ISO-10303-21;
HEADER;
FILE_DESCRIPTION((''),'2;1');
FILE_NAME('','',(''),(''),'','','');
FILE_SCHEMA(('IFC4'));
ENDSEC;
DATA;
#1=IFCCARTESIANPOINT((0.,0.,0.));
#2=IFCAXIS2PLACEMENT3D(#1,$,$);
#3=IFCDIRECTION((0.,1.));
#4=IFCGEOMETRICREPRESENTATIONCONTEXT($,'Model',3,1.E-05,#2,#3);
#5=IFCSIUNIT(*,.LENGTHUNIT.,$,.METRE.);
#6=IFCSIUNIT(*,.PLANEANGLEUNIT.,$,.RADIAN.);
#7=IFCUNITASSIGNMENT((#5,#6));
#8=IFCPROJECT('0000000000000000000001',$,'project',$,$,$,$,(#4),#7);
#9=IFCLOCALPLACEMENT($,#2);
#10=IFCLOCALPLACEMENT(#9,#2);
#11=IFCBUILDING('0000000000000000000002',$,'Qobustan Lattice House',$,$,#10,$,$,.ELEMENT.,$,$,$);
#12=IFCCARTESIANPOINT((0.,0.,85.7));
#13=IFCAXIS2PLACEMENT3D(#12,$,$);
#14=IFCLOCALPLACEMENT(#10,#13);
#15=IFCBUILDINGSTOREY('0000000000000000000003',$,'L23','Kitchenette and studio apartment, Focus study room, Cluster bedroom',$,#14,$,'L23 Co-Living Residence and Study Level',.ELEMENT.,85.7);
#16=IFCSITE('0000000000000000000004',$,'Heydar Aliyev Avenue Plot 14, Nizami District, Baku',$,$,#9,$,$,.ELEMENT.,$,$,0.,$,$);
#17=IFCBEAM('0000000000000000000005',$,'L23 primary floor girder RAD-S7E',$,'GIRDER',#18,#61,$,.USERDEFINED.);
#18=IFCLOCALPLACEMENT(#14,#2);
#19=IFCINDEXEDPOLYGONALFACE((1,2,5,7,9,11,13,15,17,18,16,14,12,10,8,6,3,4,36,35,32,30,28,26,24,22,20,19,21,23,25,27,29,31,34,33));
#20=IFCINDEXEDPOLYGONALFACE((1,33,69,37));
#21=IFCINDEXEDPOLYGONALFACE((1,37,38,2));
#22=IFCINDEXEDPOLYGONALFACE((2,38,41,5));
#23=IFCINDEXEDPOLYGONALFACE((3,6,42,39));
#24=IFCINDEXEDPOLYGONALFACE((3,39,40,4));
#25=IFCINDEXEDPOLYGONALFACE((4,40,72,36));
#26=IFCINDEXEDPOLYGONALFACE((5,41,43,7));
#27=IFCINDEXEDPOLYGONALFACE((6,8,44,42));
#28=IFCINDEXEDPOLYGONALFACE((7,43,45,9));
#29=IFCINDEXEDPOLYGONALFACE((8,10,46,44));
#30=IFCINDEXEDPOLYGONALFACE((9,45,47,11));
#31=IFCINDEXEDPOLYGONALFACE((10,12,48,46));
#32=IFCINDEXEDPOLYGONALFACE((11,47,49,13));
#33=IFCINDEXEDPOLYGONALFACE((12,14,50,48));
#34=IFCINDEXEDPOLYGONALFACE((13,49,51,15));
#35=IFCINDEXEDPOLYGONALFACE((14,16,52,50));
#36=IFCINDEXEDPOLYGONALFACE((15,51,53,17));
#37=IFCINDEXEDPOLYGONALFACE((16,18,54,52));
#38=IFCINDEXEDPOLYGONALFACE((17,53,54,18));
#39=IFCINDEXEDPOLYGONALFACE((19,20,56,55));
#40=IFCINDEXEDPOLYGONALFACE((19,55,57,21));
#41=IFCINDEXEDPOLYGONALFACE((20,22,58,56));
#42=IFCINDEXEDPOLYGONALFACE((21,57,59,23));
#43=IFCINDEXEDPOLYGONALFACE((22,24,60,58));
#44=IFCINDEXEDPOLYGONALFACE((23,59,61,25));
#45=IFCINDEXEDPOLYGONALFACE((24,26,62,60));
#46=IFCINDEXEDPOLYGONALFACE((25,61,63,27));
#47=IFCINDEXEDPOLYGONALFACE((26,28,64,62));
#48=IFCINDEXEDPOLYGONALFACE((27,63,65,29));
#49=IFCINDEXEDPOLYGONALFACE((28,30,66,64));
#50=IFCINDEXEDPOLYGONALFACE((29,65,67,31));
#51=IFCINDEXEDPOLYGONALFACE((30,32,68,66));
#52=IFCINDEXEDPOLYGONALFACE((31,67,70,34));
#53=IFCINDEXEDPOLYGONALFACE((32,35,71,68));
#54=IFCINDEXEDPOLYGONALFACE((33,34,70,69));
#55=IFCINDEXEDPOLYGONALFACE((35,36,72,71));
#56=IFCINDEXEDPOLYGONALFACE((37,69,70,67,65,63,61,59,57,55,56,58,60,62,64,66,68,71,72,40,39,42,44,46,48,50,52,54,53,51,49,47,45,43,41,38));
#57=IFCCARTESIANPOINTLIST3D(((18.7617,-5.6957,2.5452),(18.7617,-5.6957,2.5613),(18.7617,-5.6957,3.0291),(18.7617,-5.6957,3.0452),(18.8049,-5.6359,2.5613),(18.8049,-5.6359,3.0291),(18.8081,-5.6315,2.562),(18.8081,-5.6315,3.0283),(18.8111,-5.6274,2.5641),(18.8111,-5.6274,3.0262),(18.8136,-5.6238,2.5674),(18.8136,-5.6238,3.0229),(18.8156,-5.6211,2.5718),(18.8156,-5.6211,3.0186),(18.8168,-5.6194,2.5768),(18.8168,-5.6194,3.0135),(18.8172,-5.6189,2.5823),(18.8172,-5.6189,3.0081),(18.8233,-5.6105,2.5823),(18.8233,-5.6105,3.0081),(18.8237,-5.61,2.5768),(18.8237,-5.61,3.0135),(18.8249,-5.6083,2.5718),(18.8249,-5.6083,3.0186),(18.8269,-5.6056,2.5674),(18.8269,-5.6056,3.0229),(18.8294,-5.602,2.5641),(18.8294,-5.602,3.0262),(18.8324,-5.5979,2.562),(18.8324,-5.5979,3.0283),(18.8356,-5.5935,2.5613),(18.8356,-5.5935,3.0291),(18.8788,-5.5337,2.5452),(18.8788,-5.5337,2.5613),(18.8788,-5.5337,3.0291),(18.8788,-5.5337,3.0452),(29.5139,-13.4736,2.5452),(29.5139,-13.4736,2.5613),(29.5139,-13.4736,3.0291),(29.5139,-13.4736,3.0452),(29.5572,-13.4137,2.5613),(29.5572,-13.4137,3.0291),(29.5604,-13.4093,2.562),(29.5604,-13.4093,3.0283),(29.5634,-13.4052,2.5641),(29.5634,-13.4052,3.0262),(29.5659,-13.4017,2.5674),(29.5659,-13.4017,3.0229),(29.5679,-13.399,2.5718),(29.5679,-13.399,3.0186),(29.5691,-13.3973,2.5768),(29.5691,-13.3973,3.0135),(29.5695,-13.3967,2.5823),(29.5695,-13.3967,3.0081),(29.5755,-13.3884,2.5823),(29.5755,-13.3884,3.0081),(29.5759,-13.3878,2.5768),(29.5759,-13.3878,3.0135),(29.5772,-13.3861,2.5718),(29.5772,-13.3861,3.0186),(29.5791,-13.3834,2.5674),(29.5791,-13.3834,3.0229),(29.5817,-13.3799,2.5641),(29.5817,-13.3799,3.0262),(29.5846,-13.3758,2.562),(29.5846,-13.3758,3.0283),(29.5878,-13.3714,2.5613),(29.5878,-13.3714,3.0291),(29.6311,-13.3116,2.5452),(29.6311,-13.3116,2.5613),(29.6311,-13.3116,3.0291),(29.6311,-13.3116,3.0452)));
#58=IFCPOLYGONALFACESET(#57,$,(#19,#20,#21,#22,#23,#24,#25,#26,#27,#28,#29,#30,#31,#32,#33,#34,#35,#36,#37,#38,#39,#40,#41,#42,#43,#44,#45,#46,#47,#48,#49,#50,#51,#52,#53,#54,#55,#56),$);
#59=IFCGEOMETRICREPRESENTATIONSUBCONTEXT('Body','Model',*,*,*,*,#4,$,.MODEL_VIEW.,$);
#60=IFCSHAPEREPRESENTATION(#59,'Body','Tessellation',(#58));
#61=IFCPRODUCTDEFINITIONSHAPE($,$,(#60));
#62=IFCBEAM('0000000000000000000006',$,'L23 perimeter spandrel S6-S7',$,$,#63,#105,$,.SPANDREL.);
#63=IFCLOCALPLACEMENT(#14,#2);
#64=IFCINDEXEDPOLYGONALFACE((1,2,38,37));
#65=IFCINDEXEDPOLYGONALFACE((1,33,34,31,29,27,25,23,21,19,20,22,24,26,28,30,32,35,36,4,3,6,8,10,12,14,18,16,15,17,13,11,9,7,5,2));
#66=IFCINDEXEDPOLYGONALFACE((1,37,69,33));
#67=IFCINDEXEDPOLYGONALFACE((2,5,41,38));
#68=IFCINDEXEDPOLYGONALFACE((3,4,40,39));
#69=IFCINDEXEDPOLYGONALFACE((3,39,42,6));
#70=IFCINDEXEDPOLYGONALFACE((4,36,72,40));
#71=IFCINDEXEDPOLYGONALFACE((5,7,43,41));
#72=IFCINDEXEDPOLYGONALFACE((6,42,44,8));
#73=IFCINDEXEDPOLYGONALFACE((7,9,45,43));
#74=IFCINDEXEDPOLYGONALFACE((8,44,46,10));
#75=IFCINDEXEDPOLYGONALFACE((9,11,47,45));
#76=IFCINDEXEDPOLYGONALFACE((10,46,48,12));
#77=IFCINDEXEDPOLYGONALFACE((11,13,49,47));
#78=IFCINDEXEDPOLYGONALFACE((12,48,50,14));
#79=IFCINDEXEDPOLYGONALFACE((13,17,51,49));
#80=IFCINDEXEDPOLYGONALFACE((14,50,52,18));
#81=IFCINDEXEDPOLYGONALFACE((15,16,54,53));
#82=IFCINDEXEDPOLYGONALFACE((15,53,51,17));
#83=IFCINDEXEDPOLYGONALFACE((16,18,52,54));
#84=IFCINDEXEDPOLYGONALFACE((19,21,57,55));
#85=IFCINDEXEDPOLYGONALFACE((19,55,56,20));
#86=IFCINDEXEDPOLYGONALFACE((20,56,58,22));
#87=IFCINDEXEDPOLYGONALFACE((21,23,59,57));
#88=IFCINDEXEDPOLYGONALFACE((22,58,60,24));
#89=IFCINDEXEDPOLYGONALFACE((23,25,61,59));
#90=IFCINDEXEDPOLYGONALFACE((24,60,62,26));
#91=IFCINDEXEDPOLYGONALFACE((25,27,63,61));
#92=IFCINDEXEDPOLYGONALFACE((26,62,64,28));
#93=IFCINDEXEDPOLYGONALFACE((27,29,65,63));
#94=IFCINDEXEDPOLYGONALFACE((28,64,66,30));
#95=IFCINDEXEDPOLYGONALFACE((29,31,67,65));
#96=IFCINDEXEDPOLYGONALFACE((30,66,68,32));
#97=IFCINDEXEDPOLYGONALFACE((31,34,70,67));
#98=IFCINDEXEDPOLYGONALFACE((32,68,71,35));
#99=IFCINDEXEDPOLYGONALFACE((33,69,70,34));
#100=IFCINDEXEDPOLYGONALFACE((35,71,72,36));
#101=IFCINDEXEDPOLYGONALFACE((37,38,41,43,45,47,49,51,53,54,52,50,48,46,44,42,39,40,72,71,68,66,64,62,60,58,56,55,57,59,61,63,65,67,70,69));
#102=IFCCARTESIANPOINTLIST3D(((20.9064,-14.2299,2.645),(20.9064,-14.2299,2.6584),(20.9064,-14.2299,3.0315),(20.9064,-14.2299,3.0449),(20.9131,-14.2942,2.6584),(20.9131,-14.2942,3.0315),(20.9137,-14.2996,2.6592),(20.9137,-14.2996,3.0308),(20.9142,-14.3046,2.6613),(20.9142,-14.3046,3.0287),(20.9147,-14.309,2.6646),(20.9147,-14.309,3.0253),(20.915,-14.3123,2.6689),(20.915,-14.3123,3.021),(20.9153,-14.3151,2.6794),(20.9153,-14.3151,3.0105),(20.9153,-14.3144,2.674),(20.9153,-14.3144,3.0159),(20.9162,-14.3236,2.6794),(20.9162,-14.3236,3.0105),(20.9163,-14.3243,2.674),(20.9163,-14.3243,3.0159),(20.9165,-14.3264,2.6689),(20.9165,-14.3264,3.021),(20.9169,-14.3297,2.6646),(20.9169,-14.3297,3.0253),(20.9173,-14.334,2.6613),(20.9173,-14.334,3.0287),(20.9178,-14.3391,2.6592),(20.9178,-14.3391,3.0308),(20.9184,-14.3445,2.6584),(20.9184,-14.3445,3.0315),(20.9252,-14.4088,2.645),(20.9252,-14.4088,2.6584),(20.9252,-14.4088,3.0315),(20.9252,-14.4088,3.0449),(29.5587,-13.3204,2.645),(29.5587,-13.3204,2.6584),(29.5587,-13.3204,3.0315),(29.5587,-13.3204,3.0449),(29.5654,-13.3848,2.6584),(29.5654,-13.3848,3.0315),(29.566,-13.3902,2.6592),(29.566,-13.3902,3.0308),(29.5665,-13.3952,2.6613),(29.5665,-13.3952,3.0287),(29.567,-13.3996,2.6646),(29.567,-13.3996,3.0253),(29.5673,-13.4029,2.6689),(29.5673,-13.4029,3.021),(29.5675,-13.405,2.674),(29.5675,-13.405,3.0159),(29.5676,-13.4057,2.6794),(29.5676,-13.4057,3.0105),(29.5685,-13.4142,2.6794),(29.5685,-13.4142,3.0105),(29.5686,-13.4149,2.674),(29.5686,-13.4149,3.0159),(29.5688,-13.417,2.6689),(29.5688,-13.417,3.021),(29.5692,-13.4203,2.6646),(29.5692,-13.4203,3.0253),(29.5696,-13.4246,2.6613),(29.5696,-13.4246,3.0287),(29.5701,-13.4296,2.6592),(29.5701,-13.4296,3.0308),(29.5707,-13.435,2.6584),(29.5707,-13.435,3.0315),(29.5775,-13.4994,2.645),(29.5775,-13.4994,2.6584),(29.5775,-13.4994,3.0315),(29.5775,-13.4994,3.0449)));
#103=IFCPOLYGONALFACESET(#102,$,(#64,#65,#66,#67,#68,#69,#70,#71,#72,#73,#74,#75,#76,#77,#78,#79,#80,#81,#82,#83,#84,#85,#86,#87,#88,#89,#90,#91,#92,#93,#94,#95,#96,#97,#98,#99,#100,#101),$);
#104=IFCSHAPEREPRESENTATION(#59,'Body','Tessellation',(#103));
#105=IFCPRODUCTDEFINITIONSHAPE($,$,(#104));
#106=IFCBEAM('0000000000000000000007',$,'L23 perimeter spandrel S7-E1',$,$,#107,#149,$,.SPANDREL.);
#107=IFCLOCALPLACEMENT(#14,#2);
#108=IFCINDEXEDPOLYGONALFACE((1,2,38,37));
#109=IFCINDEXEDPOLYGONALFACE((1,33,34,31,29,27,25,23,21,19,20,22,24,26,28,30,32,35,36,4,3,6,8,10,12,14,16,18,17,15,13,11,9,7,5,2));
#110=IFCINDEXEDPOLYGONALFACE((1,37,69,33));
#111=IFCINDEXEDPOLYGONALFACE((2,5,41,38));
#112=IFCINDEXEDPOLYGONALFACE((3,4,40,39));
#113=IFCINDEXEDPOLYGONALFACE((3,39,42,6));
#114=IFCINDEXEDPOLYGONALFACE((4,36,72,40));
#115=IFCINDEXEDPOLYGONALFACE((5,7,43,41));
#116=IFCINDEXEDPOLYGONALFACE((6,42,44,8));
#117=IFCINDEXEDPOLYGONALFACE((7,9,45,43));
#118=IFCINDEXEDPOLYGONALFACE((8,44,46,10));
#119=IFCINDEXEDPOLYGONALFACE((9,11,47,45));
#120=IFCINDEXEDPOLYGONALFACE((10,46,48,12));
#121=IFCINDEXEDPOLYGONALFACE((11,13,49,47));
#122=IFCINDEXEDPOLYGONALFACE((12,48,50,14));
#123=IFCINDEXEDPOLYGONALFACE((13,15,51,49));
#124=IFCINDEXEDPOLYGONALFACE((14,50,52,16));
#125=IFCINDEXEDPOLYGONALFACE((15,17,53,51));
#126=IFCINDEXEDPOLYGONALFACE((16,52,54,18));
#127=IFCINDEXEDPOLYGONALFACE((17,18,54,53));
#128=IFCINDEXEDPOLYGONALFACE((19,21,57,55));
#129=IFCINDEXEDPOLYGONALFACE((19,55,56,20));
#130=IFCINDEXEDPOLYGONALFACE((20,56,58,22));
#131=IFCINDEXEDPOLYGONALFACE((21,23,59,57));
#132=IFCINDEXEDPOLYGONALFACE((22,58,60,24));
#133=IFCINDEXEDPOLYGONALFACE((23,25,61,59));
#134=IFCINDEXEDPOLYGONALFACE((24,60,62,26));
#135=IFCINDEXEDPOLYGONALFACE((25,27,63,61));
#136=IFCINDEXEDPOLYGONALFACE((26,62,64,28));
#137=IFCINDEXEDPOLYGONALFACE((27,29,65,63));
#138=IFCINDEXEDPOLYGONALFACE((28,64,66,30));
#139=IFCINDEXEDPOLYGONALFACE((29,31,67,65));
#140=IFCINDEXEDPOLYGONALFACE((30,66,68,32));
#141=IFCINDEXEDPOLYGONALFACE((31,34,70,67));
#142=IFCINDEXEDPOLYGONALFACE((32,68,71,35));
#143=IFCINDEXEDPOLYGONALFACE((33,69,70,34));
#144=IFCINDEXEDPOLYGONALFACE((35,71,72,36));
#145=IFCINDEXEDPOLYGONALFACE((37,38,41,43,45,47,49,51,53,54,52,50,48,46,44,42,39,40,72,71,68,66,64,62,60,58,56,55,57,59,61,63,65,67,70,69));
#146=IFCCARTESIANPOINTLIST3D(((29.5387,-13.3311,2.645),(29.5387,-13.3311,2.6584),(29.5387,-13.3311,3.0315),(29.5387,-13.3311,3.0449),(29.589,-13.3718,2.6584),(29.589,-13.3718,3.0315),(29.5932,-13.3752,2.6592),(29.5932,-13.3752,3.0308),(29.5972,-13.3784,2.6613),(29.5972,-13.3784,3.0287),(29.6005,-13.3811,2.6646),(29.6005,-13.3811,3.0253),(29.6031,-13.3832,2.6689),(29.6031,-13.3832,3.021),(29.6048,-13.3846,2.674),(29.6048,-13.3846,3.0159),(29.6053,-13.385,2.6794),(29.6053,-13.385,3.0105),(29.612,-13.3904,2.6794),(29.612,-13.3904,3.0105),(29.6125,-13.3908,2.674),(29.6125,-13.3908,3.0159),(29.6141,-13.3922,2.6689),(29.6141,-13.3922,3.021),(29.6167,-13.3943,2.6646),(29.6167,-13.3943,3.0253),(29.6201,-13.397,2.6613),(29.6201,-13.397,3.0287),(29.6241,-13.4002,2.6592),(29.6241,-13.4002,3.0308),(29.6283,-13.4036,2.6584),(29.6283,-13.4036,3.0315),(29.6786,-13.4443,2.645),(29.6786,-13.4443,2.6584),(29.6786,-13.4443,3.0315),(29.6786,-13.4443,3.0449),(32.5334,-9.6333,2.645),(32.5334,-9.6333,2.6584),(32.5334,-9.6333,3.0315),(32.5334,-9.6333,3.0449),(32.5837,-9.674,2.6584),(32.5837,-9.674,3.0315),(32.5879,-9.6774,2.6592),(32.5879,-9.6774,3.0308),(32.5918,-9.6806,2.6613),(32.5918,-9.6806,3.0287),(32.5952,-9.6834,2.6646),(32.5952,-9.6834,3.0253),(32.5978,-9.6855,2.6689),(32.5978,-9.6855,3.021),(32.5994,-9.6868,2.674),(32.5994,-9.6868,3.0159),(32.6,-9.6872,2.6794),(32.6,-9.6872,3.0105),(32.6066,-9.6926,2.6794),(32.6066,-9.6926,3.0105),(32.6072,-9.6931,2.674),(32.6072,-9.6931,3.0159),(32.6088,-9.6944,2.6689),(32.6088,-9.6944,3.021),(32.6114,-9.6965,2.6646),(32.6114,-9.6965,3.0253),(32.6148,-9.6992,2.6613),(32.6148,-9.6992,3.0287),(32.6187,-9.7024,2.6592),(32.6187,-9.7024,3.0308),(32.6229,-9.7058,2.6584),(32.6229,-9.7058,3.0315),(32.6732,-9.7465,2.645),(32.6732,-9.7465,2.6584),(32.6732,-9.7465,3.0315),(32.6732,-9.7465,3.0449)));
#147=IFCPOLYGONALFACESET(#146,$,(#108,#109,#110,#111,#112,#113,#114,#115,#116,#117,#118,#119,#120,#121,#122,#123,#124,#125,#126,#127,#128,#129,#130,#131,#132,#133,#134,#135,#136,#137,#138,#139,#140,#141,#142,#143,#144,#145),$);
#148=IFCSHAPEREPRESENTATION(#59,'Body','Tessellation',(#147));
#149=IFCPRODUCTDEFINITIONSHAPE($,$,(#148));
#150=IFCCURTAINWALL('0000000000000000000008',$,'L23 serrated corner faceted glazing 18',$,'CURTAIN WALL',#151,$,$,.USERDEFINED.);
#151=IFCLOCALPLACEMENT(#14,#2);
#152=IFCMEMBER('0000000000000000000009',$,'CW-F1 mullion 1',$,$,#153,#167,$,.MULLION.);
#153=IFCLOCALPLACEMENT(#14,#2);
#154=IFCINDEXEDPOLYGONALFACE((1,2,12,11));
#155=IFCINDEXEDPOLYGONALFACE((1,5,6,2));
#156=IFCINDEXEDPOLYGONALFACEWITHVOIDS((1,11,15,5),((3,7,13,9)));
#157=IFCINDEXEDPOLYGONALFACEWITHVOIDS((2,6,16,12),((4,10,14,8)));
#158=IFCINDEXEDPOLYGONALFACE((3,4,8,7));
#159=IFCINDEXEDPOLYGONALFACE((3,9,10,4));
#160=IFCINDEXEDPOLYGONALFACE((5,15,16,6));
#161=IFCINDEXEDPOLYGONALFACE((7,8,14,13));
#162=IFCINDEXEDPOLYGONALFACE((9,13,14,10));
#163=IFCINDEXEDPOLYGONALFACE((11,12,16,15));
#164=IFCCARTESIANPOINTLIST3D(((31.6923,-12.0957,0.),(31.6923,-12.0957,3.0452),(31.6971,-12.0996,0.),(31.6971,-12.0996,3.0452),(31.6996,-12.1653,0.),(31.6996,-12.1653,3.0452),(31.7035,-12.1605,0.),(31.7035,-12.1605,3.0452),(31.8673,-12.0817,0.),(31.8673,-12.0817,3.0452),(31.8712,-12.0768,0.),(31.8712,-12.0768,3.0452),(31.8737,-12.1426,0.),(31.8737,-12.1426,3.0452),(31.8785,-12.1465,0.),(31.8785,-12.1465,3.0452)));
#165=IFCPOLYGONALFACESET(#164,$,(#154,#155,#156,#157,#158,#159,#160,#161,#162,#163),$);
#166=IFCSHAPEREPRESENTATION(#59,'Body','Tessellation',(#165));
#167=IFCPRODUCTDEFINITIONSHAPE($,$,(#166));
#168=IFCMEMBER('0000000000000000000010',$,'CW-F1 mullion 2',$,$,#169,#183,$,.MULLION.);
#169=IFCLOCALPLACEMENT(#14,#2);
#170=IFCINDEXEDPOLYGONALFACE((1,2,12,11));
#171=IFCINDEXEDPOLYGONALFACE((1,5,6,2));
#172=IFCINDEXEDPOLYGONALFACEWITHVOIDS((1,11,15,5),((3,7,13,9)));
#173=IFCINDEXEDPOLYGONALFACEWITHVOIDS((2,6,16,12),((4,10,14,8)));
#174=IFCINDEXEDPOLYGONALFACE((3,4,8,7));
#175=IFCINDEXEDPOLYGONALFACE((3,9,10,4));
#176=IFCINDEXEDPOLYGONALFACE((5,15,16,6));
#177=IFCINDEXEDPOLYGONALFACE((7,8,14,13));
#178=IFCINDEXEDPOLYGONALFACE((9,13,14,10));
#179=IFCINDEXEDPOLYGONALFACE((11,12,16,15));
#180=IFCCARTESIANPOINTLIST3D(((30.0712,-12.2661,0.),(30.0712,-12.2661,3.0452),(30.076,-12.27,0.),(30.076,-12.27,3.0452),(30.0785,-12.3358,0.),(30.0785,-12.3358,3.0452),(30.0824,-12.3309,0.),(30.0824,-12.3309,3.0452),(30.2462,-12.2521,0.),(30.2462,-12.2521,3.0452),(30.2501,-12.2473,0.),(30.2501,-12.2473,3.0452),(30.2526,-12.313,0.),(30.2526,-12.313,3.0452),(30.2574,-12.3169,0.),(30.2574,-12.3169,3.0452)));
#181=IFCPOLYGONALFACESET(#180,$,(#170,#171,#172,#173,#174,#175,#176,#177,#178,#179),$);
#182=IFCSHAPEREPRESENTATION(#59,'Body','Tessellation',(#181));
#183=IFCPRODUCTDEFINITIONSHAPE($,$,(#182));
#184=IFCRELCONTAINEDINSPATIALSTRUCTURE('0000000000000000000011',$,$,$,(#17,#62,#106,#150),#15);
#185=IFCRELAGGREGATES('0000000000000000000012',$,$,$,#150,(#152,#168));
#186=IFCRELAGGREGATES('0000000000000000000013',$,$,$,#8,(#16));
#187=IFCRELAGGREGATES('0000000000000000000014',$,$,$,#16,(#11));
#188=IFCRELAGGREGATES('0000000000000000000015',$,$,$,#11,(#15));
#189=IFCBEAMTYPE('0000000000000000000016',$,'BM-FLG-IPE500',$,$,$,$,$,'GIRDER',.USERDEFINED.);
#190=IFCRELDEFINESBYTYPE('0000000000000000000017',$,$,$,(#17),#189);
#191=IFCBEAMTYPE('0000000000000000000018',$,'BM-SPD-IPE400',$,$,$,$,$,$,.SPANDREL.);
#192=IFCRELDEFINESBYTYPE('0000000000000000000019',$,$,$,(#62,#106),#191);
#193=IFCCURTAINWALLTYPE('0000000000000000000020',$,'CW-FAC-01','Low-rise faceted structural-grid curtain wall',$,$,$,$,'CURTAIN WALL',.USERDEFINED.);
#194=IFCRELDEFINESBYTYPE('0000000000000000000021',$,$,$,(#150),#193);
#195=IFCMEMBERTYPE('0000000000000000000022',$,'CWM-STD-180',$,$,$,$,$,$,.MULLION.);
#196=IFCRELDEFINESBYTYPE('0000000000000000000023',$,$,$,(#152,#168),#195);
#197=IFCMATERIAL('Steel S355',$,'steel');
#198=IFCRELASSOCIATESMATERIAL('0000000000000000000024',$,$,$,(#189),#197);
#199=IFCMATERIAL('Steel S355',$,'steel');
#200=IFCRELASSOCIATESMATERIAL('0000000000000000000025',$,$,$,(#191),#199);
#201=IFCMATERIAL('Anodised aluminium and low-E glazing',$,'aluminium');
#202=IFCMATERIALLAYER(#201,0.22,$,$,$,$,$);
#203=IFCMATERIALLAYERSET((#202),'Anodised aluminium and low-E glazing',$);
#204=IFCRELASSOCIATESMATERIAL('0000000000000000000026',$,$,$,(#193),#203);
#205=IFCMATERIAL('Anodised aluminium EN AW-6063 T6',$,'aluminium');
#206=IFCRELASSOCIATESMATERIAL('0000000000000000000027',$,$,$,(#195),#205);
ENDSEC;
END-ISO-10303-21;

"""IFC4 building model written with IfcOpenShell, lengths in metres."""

from ifc_helpers import new_model, si_unit, direction, frame, origin, origin_2d, place, context, subcontext, project, spatial, hollow_rectangle, i_section, extrude, material, layer, layer_set, material_profile, profile_set, type_object, element, aggregate, save


model = new_model("IFC4")

# Units and contexts
model_context = context("Model", 3, precision=1e-05, world=origin(), true_north=direction((0.0, 1.0)))
body_context = subcontext(model_context, "Body", "Model", "MODEL_VIEW")
ifc_project = project(units=[si_unit("LENGTHUNIT", "METRE"), si_unit("PLANEANGLEUNIT", "RADIAN")], contexts=[model_context])

# Site, building, storey
site_placement = place(None, origin())
site = spatial("IfcSite", under=ifc_project, at=site_placement, Name="Heydar Aliyev Avenue Plot 14, Nizami District, Baku", CompositionType="ELEMENT", RefElevation=0.0)
building_placement = place(site_placement, origin())
building = spatial("IfcBuilding", under=site, at=building_placement, Name="Qobustan Lattice House", CompositionType="ELEMENT")
storey_placement = place(building_placement, frame((0.0, 0.0, 85.7)))
storey = spatial("IfcBuildingStorey", under=building, at=storey_placement, Name="L23", Description="Kitchenette and studio apartment, Focus study room, Cluster bedroom", LongName="L23 Co-Living Residence and Study Level", CompositionType="ELEMENT", Elevation=85.7)

# Beams
ifc_material_1 = material(Name="Steel S355", Category="steel")
ifc_material_profile_1 = material_profile(ifc_material_1, i_section(OverallWidth=0.2, OverallDepth=0.5, WebThickness=0.0103, FlangeThickness=0.0161, FilletRadius=0.021, at=origin_2d()), Name="IPE500")
ifc_profile_set_1 = profile_set([ifc_material_profile_1], Name="Steel S355")
beam_type_1 = type_object("IfcBeamType", Name="BM-FLG-IPE500", ElementType="GIRDER", PredefinedType="USERDEFINED", material=ifc_profile_set_1)
beam_1_placement = place(storey_placement, frame((29.5725, -13.3926, 2.7952), z_axis=(-0.810237, 0.586102, 0.0), x_axis=(-0.586102, -0.810237, 0.0)))
element("IfcBeam", 1, at=beam_1_placement, inside=storey, type_object=beam_type_1, Name="L23 primary floor girder RAD-S7E", ObjectType="GIRDER", PredefinedType="USERDEFINED", context=body_context, shape_type="SweptSolid", body=[
    extrude(i_section(OverallWidth=0.2, OverallDepth=0.5, WebThickness=0.0103, FlangeThickness=0.0161, FilletRadius=0.021, at=origin_2d()), origin(), (0.0, 0.0, 1.0), 13.2705),
])
ifc_material_2 = material(Name="Steel S355", Category="steel")
ifc_material_profile_2 = material_profile(ifc_material_2, i_section(OverallWidth=0.1799, OverallDepth=0.3999, WebThickness=0.0085, FlangeThickness=0.0134, FilletRadius=0.021, at=origin_2d()), Name="IPE400")
ifc_profile_set_2 = profile_set([ifc_material_profile_2], Name="Steel S355")
beam_type_2 = type_object("IfcBeamType", Name="BM-SPD-IPE400", PredefinedType="SPANDREL", material=ifc_profile_set_2)
beam_2_placement = place(storey_placement, frame((20.9158, -14.3193, 2.845), z_axis=(0.994522, 0.104531, 0.0), x_axis=(-0.104531, 0.994522, 0.0)))
element("IfcBeam", 2, at=beam_2_placement, inside=storey, type_object=beam_type_2, Name="L23 perimeter spandrel S6-S7", PredefinedType="SPANDREL", context=body_context, shape_type="SweptSolid", body=[
    extrude(i_section(OverallWidth=0.1799, OverallDepth=0.3999, WebThickness=0.0085, FlangeThickness=0.0134, FilletRadius=0.021, at=origin_2d()), origin(), (0.0, 0.0, 1.0), 8.7),
])
beam_3_placement = place(storey_placement, frame((29.6086, -13.3877, 2.845), z_axis=(0.629352, 0.777121, 0.0), x_axis=(-0.777121, 0.629352, 0.0)))
element("IfcBeam", 3, at=beam_3_placement, inside=storey, type_object=beam_type_2, Name="L23 perimeter spandrel S7-E1", PredefinedType="SPANDREL", context=body_context, shape_type="SweptSolid", body=[
    extrude(i_section(OverallWidth=0.1799, OverallDepth=0.3999, WebThickness=0.0085, FlangeThickness=0.0134, FilletRadius=0.021, at=origin_2d()), origin(), (0.0, 0.0, 1.0), 4.7583),
])

# Curtain wall, members
ifc_material_3 = material(Name="Anodised aluminium and low-E glazing", Category="aluminium")
ifc_layer_1 = layer(ifc_material_3, 0.22)
ifc_layer_set_1 = layer_set([ifc_layer_1], Name="Anodised aluminium and low-E glazing")
curtain_wall_type = type_object("IfcCurtainWallType", Name="CW-FAC-01", Description="Low-rise faceted structural-grid curtain wall", ElementType="CURTAIN WALL", PredefinedType="USERDEFINED", material=ifc_layer_set_1)
curtain_wall_placement = place(storey_placement, origin())
curtain_wall = element("IfcCurtainWall", 4, at=curtain_wall_placement, inside=storey, type_object=curtain_wall_type, Name="L23 serrated corner faceted glazing 18", ObjectType="CURTAIN WALL", PredefinedType="USERDEFINED")
ifc_material_4 = material(Name="Anodised aluminium EN AW-6063 T6", Category="aluminium")
ifc_material_profile_3 = material_profile(ifc_material_4, hollow_rectangle(XDim=0.0701, YDim=0.1799, WallThickness=0.0044, at=origin_2d()), Name="CWM-180x70")
ifc_profile_set_3 = profile_set([ifc_material_profile_3], Name="Anodised aluminium EN AW-6063 T6")
member_type_1 = type_object("IfcMemberType", Name="CWM-STD-180", PredefinedType="MULLION", material=ifc_profile_set_3)
member_1_placement = place(storey_placement, frame((31.7854, -12.1211, 0.0), z_axis=(0.0, 0.0, 1.0), x_axis=(0.104529, -0.994522, 0.0)))
member_1 = element("IfcMember", 5, at=member_1_placement, type_object=member_type_1, Name="CW-F1 mullion 1", PredefinedType="MULLION", context=body_context, shape_type="SweptSolid", body=[
    extrude(hollow_rectangle(XDim=0.0701, YDim=0.1799, WallThickness=0.0044, at=origin_2d()), origin(), (0.0, 0.0, 1.0), 3.0452),
])
member_2_placement = place(storey_placement, frame((30.1643, -12.2915, 0.0), z_axis=(0.0, 0.0, 1.0), x_axis=(0.104529, -0.994522, 0.0)))
member_2 = element("IfcMember", 6, at=member_2_placement, type_object=member_type_1, Name="CW-F1 mullion 2", PredefinedType="MULLION", context=body_context, shape_type="SweptSolid", body=[
    extrude(hollow_rectangle(XDim=0.0701, YDim=0.1799, WallThickness=0.0044, at=origin_2d()), origin(), (0.0, 0.0, 1.0), 3.0452),
])
aggregate(curtain_wall, [member_1, member_2])

save(model, "model.ifc")
